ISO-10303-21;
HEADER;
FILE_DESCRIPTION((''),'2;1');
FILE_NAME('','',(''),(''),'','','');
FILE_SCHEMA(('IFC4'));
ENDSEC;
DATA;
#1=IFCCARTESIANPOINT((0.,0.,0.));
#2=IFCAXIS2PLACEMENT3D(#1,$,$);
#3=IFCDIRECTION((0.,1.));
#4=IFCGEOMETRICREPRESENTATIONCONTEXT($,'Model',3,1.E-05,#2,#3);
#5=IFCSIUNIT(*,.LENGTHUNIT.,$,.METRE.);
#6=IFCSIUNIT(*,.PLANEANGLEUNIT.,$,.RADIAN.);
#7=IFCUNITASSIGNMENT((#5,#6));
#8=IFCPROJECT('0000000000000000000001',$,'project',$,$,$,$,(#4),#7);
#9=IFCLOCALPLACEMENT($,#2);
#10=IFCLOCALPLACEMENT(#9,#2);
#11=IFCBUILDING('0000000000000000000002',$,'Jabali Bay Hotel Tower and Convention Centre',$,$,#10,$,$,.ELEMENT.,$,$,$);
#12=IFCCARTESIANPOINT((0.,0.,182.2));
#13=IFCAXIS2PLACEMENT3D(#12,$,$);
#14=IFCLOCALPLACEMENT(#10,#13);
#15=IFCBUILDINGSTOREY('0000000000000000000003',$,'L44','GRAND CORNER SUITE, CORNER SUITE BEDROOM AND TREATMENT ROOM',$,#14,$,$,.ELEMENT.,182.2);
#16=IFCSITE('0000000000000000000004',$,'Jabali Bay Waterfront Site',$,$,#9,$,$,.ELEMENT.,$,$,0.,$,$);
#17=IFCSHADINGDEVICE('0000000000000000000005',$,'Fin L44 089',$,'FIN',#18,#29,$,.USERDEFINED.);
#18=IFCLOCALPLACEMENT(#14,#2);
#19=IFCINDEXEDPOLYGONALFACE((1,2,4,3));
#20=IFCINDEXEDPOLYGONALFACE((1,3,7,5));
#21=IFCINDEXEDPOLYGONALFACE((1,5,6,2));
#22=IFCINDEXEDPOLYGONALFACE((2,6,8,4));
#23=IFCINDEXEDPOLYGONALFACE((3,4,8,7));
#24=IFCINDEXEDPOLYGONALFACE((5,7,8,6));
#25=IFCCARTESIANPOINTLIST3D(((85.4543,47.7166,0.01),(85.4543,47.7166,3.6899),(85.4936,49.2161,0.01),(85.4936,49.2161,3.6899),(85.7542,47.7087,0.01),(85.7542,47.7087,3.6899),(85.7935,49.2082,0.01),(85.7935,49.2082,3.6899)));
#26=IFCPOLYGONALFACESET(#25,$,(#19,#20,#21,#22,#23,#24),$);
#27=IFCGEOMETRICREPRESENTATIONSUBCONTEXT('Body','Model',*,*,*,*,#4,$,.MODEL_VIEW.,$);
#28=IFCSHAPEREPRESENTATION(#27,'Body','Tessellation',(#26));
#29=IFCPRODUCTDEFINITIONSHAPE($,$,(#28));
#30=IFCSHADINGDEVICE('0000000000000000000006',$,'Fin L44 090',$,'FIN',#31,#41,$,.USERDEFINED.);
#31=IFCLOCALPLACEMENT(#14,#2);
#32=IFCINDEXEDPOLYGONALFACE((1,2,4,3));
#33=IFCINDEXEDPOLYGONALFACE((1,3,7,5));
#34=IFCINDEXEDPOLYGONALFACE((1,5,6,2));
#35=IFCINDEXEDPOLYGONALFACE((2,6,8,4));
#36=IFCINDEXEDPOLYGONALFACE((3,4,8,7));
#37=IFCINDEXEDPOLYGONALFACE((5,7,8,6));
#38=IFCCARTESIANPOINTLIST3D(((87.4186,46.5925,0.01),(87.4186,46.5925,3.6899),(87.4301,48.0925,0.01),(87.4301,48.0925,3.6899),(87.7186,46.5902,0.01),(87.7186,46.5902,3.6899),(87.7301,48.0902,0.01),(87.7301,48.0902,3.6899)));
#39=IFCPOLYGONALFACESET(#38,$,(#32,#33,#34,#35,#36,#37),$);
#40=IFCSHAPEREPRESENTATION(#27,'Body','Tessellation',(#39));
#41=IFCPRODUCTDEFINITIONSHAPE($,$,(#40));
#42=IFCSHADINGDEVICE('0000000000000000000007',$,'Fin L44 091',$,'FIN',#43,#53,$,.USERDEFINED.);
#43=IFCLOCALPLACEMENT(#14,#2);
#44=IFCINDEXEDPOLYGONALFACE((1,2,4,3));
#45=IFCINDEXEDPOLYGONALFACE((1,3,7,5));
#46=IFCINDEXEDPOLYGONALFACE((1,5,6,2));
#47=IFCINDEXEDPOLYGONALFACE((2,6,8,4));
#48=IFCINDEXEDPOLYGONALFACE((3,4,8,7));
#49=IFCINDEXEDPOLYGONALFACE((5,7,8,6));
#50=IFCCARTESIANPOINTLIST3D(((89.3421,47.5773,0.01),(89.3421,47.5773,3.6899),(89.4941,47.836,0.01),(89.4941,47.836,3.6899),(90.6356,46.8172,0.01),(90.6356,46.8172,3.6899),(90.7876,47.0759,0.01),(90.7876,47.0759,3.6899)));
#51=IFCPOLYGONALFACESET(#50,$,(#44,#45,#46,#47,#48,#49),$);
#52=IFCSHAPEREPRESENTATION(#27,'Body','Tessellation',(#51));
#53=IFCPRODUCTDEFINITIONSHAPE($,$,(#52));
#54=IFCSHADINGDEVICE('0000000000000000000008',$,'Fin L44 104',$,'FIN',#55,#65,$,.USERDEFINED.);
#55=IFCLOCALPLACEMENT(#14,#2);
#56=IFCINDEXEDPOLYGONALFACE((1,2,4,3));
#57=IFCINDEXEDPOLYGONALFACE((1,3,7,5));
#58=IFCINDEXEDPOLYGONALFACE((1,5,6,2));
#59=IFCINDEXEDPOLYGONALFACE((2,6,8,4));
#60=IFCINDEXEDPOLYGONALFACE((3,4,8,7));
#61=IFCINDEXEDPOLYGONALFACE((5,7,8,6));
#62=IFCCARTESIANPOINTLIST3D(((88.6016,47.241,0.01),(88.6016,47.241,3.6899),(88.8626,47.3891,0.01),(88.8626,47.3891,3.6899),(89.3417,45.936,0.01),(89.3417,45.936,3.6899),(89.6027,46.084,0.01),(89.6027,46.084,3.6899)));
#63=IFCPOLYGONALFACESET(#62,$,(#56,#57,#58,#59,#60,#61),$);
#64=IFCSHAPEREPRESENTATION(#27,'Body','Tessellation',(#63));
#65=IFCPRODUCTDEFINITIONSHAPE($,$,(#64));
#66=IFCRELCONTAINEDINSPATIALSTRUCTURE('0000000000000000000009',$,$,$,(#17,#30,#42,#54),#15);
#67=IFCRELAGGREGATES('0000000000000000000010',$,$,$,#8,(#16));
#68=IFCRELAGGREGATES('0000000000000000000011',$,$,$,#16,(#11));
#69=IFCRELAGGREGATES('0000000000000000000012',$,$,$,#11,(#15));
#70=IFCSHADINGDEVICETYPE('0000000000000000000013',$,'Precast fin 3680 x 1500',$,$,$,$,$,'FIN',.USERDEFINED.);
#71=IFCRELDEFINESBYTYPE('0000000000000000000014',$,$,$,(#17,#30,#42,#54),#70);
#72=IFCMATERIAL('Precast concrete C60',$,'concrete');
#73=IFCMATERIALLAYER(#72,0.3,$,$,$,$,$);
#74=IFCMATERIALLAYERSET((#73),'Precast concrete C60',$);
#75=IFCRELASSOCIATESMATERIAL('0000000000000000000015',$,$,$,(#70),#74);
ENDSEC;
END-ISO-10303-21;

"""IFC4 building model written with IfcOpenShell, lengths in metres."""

from ifc_helpers import new_model, si_unit, direction, frame, frame_2d, origin, place, context, subcontext, project, spatial, rectangle, extrude, material, layer, layer_set, type_object, element, save


model = new_model("IFC4")

# Units and contexts
model_context = context("Model", 3, precision=1e-05, world=origin(), true_north=direction((0.0, 1.0)))
body_context = subcontext(model_context, "Body", "Model", "MODEL_VIEW")
ifc_project = project(units=[si_unit("LENGTHUNIT", "METRE"), si_unit("PLANEANGLEUNIT", "RADIAN")], contexts=[model_context])

# Site, building, storey
site_placement = place(None, origin())
site = spatial("IfcSite", under=ifc_project, at=site_placement, Name="Jabali Bay Waterfront Site", CompositionType="ELEMENT", RefElevation=0.0)
building_placement = place(site_placement, origin())
building = spatial("IfcBuilding", under=site, at=building_placement, Name="Jabali Bay Hotel Tower and Convention Centre", CompositionType="ELEMENT")
storey_placement = place(building_placement, frame((0.0, 0.0, 182.2)))
storey = spatial("IfcBuildingStorey", under=building, at=storey_placement, Name="L44", Description="GRAND CORNER SUITE, CORNER SUITE BEDROOM AND TREATMENT ROOM", CompositionType="ELEMENT", Elevation=182.2)

# Shading devices
ifc_material_1 = material(Name="Precast concrete C60", Category="concrete")
ifc_layer_1 = layer(ifc_material_1, 0.3)
ifc_layer_set_1 = layer_set([ifc_layer_1], Name="Precast concrete C60")
shading_device_type = type_object("IfcShadingDeviceType", Name="Precast fin 3680 x 1500", ElementType="FIN", PredefinedType="USERDEFINED", material=ifc_layer_set_1)
for number, where, z_axis, x_axis, name in (
    (1, (85.6436, 49.2122, 0.01), (0.0, 0.0, 1.0), (-0.026204, -0.999657, 0.0), "Fin L44 089"),
    (2, (87.5801, 48.0913, 0.01), (0.0, 0.0, 1.0), (-0.00765, -0.999971, 0.0), "Fin L44 090"),
):
    element("IfcShadingDevice", number, at=place(storey_placement, frame(where, z_axis=z_axis, x_axis=x_axis)), inside=storey, type_object=shading_device_type, Name=name, ObjectType="FIN", PredefinedType="USERDEFINED", context=body_context, shape_type="SweptSolid", body=[
        extrude(rectangle(XDim=1.5, YDim=0.3, at=frame_2d((0.75, 0.0))), origin(), (0.0, 0.0, 1.0), 3.6799),
    ])
for number, where, z_axis, x_axis, name in (
    (3, (89.4182, 47.7065, 0.01), (0.0, 0.0, 1.0), (0.862181, -0.5066, 0.0), "Fin L44 091"),
    (4, (88.7322, 47.3149, 0.01), (0.0, 0.0, 1.0), (0.493279, -0.869871, 0.0), "Fin L44 104"),
):
    element("IfcShadingDevice", number, at=place(storey_placement, frame(where, z_axis=z_axis, x_axis=x_axis)), inside=storey, type_object=shading_device_type, Name=name, ObjectType="FIN", PredefinedType="USERDEFINED", context=body_context, shape_type="SweptSolid", body=[
        extrude(rectangle(XDim=1.5002, YDim=0.3, at=frame_2d((0.75, 0.0))), origin(), (0.0, 0.0, 1.0), 3.6799),
    ])

save(model, "model.ifc")
